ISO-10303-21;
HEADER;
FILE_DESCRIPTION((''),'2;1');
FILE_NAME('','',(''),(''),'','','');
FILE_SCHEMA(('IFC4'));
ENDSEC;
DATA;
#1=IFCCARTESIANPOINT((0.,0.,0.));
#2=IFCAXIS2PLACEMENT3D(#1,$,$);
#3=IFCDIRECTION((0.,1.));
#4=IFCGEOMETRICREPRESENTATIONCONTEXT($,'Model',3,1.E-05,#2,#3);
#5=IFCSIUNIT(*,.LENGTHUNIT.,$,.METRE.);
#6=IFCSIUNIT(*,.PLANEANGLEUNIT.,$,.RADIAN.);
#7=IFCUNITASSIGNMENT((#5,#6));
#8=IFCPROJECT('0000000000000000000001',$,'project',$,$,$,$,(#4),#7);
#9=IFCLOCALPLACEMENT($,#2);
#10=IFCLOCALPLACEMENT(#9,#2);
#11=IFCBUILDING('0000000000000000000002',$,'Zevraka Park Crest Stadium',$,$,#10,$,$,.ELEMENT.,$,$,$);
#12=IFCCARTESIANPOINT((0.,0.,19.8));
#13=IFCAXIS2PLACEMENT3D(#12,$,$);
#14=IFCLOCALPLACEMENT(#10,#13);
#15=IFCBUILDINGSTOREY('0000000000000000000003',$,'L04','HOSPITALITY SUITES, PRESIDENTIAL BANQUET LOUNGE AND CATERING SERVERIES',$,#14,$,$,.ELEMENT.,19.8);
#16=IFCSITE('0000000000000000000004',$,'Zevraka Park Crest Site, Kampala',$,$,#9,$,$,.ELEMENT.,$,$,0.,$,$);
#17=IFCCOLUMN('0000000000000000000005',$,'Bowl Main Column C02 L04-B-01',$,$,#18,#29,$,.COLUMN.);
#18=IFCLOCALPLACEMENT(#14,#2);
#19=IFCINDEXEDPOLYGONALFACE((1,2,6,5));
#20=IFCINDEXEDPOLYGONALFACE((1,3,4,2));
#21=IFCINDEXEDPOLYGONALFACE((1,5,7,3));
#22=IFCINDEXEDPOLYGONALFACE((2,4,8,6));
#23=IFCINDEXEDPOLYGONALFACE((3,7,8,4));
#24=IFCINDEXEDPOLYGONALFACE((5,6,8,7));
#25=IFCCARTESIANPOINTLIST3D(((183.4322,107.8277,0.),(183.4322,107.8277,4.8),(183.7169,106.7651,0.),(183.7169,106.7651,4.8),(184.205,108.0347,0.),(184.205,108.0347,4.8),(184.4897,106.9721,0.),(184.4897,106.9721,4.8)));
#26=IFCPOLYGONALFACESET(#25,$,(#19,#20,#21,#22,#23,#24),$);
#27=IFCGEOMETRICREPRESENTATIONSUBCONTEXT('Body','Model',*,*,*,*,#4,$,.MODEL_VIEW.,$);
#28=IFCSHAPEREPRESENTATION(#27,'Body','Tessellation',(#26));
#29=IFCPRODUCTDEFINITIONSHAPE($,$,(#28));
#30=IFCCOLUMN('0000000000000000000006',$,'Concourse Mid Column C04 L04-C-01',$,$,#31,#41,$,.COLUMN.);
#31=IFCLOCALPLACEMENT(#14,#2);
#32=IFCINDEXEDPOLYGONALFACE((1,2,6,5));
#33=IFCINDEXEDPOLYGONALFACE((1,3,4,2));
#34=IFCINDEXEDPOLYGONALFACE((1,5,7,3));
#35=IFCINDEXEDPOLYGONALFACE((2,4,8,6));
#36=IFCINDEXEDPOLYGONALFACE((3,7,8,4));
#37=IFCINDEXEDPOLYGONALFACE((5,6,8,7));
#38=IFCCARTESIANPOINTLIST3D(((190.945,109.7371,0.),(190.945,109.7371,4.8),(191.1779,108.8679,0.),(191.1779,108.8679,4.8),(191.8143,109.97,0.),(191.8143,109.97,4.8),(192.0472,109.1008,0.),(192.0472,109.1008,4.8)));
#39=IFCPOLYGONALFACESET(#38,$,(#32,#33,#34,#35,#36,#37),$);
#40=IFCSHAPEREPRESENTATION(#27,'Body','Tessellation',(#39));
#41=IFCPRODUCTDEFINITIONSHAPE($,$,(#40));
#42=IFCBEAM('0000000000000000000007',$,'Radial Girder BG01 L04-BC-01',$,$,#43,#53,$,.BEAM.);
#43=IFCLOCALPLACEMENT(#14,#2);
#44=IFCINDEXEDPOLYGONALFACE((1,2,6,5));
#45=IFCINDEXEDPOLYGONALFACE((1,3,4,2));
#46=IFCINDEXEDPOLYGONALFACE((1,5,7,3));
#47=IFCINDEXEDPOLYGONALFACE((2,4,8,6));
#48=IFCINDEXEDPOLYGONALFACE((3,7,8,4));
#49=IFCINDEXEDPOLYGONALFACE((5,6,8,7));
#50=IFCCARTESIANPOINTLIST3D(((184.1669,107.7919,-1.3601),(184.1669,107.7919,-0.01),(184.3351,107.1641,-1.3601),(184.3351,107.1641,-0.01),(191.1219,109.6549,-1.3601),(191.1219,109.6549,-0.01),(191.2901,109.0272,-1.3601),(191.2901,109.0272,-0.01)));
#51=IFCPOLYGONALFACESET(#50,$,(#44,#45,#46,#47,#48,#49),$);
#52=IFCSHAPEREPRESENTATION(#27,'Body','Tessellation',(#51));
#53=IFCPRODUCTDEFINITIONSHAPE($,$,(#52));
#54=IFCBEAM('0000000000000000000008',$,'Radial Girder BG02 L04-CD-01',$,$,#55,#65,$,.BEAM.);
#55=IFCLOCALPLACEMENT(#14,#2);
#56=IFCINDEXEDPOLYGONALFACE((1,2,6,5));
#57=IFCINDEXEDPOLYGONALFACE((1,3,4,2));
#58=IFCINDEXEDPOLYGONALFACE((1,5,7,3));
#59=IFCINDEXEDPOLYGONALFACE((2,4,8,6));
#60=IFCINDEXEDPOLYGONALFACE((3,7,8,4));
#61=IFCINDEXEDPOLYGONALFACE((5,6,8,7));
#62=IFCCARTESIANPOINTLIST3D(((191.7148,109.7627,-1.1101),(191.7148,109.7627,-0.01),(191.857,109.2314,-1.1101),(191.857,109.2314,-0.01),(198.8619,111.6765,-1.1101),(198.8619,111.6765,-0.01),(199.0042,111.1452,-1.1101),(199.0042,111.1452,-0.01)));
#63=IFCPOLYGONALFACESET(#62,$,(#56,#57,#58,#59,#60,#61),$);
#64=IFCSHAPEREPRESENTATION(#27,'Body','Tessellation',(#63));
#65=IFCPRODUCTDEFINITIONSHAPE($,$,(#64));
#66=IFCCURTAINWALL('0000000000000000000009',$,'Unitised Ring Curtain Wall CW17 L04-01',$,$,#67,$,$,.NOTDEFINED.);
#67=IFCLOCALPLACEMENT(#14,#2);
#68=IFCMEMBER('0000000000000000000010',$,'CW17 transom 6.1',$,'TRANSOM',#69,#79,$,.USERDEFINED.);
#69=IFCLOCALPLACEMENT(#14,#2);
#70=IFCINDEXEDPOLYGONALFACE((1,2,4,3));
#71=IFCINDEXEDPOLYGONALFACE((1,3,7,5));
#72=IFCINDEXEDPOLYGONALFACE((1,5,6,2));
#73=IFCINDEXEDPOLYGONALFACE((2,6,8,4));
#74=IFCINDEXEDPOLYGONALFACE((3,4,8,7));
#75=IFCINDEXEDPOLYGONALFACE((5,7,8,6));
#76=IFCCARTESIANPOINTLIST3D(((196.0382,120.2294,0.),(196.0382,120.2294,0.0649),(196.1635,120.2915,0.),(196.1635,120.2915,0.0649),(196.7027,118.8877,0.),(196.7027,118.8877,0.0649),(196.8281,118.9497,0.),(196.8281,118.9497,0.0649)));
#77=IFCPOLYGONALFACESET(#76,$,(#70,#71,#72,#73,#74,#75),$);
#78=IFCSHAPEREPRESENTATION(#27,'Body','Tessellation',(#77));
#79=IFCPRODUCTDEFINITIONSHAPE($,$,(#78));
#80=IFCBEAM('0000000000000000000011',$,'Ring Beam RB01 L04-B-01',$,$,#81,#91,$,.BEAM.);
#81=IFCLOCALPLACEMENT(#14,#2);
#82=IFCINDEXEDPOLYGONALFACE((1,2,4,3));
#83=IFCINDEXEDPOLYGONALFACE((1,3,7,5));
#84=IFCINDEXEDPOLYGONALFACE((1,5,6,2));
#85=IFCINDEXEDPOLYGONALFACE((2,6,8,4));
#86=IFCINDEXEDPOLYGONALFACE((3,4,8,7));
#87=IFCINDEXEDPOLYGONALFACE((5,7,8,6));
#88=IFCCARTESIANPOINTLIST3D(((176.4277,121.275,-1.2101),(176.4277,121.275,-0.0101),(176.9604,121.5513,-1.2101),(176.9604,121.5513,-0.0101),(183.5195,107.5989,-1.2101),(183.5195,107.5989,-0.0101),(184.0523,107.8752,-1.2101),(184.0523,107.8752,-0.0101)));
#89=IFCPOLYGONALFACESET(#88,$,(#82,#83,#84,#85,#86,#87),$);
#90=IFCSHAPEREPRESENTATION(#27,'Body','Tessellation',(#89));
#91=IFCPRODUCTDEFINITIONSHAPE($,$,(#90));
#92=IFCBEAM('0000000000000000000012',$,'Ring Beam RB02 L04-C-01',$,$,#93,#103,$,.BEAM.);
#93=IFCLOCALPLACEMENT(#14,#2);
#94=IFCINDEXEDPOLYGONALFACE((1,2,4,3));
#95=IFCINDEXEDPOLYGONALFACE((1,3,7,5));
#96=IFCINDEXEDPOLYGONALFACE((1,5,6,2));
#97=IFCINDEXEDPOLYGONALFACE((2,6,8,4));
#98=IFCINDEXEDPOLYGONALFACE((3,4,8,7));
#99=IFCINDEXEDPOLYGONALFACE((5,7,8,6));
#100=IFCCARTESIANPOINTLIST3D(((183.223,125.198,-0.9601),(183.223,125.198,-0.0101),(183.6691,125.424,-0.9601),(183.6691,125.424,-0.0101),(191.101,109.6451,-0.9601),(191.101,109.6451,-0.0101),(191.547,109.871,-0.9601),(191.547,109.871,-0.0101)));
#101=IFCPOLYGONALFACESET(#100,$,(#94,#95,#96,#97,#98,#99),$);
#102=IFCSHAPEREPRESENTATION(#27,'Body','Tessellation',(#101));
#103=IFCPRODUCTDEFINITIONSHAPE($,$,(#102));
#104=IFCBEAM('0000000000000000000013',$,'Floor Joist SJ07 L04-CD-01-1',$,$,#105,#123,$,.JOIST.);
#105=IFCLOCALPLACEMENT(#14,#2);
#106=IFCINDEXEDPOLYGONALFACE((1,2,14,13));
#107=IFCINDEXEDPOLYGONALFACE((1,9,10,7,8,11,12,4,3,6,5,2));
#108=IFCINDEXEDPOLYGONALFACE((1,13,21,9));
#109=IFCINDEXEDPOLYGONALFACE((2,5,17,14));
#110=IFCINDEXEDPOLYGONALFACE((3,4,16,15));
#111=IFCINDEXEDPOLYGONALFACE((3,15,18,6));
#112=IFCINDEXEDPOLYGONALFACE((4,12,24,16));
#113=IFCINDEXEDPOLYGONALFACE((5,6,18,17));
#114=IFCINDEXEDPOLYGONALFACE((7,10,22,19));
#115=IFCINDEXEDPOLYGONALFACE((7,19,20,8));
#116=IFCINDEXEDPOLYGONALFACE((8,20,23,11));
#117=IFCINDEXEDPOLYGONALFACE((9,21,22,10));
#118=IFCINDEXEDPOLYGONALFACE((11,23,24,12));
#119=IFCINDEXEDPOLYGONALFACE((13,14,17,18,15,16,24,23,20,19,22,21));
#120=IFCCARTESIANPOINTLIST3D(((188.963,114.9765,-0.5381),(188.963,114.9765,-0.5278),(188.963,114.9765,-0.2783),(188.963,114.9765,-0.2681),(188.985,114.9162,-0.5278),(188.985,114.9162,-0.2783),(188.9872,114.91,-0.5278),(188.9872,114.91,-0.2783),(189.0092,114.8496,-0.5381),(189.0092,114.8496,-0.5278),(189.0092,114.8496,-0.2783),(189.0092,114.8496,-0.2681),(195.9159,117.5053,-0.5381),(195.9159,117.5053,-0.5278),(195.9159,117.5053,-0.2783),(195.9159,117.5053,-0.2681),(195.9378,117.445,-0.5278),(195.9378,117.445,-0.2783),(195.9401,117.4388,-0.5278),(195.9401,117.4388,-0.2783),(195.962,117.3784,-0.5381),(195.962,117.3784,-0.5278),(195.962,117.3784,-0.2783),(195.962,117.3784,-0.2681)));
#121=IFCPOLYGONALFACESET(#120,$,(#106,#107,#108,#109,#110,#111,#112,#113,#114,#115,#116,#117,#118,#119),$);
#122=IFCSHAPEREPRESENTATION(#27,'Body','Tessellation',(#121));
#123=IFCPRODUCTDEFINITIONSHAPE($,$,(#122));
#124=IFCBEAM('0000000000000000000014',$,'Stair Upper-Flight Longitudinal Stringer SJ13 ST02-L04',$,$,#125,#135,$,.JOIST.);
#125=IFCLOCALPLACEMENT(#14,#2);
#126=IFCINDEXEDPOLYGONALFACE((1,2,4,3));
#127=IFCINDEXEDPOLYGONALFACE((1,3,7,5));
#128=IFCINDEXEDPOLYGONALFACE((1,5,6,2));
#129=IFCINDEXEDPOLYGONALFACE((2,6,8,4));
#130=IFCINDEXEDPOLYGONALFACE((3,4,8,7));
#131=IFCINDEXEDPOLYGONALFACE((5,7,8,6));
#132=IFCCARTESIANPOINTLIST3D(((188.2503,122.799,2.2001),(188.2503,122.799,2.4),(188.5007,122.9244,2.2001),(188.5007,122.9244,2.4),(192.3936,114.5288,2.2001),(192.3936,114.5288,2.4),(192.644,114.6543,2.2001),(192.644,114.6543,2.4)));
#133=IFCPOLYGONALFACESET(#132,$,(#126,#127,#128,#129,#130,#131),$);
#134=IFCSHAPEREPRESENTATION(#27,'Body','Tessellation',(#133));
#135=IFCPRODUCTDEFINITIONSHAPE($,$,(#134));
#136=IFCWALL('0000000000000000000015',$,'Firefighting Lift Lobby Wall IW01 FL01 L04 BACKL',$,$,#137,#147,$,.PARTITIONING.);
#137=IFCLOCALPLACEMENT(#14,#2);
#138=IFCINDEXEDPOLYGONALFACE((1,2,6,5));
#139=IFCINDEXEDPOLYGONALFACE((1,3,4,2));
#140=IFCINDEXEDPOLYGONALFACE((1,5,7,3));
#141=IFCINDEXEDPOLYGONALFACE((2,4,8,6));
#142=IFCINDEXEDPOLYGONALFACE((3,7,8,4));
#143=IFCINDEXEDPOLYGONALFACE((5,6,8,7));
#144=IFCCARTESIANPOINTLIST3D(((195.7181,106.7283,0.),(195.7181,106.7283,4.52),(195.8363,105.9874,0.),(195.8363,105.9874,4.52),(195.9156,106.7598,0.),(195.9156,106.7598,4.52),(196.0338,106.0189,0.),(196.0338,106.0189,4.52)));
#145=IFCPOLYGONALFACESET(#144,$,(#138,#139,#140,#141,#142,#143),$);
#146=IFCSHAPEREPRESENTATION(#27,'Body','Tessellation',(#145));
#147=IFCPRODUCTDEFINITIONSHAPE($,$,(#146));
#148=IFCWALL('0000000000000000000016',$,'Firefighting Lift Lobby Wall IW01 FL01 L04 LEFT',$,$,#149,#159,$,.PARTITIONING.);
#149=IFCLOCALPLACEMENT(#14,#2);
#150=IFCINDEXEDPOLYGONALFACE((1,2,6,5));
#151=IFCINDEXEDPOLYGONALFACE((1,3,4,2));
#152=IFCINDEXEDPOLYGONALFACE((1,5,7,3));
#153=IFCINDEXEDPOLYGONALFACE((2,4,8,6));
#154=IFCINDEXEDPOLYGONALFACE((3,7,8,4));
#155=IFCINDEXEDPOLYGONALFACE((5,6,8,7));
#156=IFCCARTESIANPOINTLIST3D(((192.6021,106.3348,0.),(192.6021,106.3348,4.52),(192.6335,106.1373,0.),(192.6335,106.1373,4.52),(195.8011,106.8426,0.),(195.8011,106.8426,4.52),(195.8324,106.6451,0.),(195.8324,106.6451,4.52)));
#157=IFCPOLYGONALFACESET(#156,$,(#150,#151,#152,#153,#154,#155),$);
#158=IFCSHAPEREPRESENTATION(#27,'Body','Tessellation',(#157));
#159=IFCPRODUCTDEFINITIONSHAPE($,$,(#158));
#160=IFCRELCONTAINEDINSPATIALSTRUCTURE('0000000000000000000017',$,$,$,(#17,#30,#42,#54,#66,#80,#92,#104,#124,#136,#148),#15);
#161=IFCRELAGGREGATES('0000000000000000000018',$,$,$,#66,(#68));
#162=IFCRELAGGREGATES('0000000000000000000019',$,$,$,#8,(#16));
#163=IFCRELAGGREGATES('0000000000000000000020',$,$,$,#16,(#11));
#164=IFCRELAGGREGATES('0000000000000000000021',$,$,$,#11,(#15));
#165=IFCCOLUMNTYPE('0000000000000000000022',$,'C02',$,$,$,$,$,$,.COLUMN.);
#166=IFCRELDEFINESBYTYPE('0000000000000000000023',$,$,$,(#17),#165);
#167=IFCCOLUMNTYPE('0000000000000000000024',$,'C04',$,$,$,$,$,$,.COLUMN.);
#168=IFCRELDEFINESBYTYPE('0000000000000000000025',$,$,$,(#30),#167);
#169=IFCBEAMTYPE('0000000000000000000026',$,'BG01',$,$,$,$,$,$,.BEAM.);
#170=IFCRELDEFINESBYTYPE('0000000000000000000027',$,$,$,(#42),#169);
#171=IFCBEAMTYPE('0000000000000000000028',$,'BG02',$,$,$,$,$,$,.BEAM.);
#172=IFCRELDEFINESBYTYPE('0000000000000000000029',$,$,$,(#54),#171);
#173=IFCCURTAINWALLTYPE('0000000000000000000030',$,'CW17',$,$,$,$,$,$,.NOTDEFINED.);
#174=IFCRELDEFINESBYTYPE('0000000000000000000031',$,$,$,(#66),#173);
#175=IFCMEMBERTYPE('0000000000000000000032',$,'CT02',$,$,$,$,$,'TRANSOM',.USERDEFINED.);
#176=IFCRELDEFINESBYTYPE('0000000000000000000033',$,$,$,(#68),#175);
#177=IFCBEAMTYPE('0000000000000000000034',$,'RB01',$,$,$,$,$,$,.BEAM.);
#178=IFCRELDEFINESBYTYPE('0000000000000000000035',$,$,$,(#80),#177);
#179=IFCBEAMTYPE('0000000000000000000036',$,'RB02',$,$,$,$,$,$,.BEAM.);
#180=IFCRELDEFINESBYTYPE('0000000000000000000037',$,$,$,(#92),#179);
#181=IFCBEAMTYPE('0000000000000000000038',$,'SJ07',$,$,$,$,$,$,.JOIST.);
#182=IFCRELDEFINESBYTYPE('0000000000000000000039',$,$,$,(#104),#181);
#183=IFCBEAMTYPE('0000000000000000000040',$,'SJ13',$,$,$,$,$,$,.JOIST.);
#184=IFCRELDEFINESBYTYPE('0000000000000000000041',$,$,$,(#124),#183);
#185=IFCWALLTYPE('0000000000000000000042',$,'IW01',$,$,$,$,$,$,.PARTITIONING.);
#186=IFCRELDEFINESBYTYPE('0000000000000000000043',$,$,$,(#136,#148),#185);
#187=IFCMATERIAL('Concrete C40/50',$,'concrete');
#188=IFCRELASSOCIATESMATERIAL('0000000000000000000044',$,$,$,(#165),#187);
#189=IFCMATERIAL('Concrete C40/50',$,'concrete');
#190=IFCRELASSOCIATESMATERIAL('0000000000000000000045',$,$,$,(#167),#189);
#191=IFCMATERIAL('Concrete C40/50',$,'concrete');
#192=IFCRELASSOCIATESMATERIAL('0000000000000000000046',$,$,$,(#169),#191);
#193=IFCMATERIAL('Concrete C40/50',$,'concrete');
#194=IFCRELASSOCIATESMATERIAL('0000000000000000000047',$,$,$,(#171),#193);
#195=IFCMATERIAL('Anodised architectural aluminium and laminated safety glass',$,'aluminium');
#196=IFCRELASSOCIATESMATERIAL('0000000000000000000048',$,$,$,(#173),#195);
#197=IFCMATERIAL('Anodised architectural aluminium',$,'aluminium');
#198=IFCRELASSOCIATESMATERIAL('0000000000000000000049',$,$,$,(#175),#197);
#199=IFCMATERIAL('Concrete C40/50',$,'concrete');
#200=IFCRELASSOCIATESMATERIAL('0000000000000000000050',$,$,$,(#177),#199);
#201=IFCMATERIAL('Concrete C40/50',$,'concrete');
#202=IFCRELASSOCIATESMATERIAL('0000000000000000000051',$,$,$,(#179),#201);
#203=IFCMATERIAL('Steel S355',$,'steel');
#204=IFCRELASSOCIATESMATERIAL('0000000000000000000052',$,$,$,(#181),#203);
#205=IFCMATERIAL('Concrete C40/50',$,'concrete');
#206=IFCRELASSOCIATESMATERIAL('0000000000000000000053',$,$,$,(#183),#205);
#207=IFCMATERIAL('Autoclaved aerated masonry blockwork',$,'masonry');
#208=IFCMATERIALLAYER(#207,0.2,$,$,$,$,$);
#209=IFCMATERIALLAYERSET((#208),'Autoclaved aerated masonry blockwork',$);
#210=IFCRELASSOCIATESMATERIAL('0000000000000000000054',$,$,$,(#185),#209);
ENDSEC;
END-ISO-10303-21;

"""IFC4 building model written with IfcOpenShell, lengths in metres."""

from ifc_helpers import new_model, si_unit, direction, frame, frame_2d, origin, origin_2d, place, context, subcontext, project, spatial, rectangle, i_section, extrude, material, layer, layer_set, material_profile, profile_set, type_object, element, aggregate, save


model = new_model("IFC4")

# Units and contexts
model_context = context("Model", 3, precision=1e-05, world=origin(), true_north=direction((0.0, 1.0)))
body_context = subcontext(model_context, "Body", "Model", "MODEL_VIEW")
ifc_project = project(units=[si_unit("LENGTHUNIT", "METRE"), si_unit("PLANEANGLEUNIT", "RADIAN")], contexts=[model_context])

# Site, building, storey
site_placement = place(None, origin())
site = spatial("IfcSite", under=ifc_project, at=site_placement, Name="Zevraka Park Crest Site, Kampala", CompositionType="ELEMENT", RefElevation=0.0)
building_placement = place(site_placement, origin())
building = spatial("IfcBuilding", under=site, at=building_placement, Name="Zevraka Park Crest Stadium", CompositionType="ELEMENT")
storey_placement = place(building_placement, frame((0.0, 0.0, 19.8)))
storey = spatial("IfcBuildingStorey", under=building, at=storey_placement, Name="L04", Description="HOSPITALITY SUITES, PRESIDENTIAL BANQUET LOUNGE AND CATERING SERVERIES", CompositionType="ELEMENT", Elevation=19.8)

# Columns
ifc_material_1 = material(Name="Concrete C40/50", Category="concrete")
ifc_material_profile_1 = material_profile(ifc_material_1, rectangle(XDim=0.8, YDim=1.1001, at=origin_2d()), Name="RC 1100x800")
ifc_profile_set_1 = profile_set([ifc_material_profile_1], Name="Concrete C40/50")
column_type_1 = type_object("IfcColumnType", Name="C02", PredefinedType="COLUMN", material=ifc_profile_set_1)
column_1_placement = place(storey_placement, frame((183.9609, 107.3999, 0.0), z_axis=(0.0, 0.0, 1.0), x_axis=(0.965926, 0.258819, 0.0)))
element("IfcColumn", 1, at=column_1_placement, inside=storey, type_object=column_type_1, Name="Bowl Main Column C02 L04-B-01", PredefinedType="COLUMN", context=body_context, shape_type="SweptSolid", body=[
    extrude(rectangle(XDim=0.8, YDim=1.1001, at=origin_2d()), origin(), (0.0, 0.0, 1.0), 4.8),
])
ifc_material_2 = material(Name="Concrete C40/50", Category="concrete")
ifc_material_profile_2 = material_profile(ifc_material_2, rectangle(XDim=0.8999, YDim=0.8999, at=origin_2d()), Name="RC 900x900")
ifc_profile_set_2 = profile_set([ifc_material_profile_2], Name="Concrete C40/50")
column_type_2 = type_object("IfcColumnType", Name="C04", PredefinedType="COLUMN", material=ifc_profile_set_2)
column_2_placement = place(storey_placement, frame((191.4961, 109.4189, 0.0), z_axis=(0.0, 0.0, 1.0), x_axis=(0.965926, 0.258819, 0.0)))
element("IfcColumn", 2, at=column_2_placement, inside=storey, type_object=column_type_2, Name="Concourse Mid Column C04 L04-C-01", PredefinedType="COLUMN", context=body_context, shape_type="SweptSolid", body=[
    extrude(rectangle(XDim=0.8999, YDim=0.8999, at=origin_2d()), origin(), (0.0, 0.0, 1.0), 4.8),
])

# Beams
ifc_material_3 = material(Name="Concrete C40/50", Category="concrete")
ifc_material_profile_3 = material_profile(ifc_material_3, rectangle(XDim=0.6499, YDim=1.3501, at=origin_2d()), Name="RC 1350x650")
ifc_profile_set_3 = profile_set([ifc_material_profile_3], Name="Concrete C40/50")
beam_type_1 = type_object("IfcBeamType", Name="BG01", PredefinedType="BEAM", material=ifc_profile_set_3)
beam_1_placement = place(storey_placement, frame((184.251, 107.478, -0.6851), z_axis=(0.965946, 0.258745, 0.0), x_axis=(-0.258745, 0.965946, 0.0)))
element("IfcBeam", 3, at=beam_1_placement, inside=storey, type_object=beam_type_1, Name="Radial Girder BG01 L04-BC-01", PredefinedType="BEAM", context=body_context, shape_type="SweptSolid", body=[
    extrude(rectangle(XDim=0.6499, YDim=1.3501, at=origin_2d()), origin(), (0.0, 0.0, 1.0), 7.2002),
])
ifc_material_4 = material(Name="Concrete C40/50", Category="concrete")
ifc_material_profile_4 = material_profile(ifc_material_4, rectangle(XDim=0.55, YDim=1.1001, at=origin_2d()), Name="RC 1100x550")
ifc_profile_set_4 = profile_set([ifc_material_profile_4], Name="Concrete C40/50")
beam_type_2 = type_object("IfcBeamType", Name="BG02", PredefinedType="BEAM", material=ifc_profile_set_4)
beam_2_placement = place(storey_placement, frame((191.7859, 109.4971, -0.5601), z_axis=(0.965969, 0.258659, 0.0), x_axis=(-0.258659, 0.965969, 0.0)))
element("IfcBeam", 4, at=beam_2_placement, inside=storey, type_object=beam_type_2, Name="Radial Girder BG02 L04-CD-01", PredefinedType="BEAM", context=body_context, shape_type="SweptSolid", body=[
    extrude(rectangle(XDim=0.55, YDim=1.1001, at=origin_2d()), origin(), (0.0, 0.0, 1.0), 7.3989),
])

# Curtain wall, member
ifc_material_5 = material(Name="Anodised architectural aluminium and laminated safety glass", Category="aluminium")
curtain_wall_type = type_object("IfcCurtainWallType", Name="CW17", PredefinedType="NOTDEFINED", material=ifc_material_5)
curtain_wall_placement = place(storey_placement, origin())
curtain_wall = element("IfcCurtainWall", 5, at=curtain_wall_placement, inside=storey, type_object=curtain_wall_type, Name="Unitised Ring Curtain Wall CW17 L04-01", PredefinedType="NOTDEFINED")
ifc_material_6 = material(Name="Anodised architectural aluminium", Category="aluminium")
ifc_material_profile_5 = material_profile(ifc_material_6, rectangle(XDim=0.1399, YDim=0.0649, at=origin_2d()), Name="ALU TRANSOM 140x65")
ifc_profile_set_5 = profile_set([ifc_material_profile_5], Name="Anodised architectural aluminium")
member_type = type_object("IfcMemberType", Name="CT02", ElementType="TRANSOM", PredefinedType="USERDEFINED", material=ifc_profile_set_5)
member_placement = place(storey_placement, frame((196.7654, 118.9187, 0.0325), z_axis=(-0.443819, 0.896116, 0.0), x_axis=(-0.896116, -0.443819, 0.0)))
member = element("IfcMember", 6, at=member_placement, type_object=member_type, Name="CW17 transom 6.1", ObjectType="TRANSOM", PredefinedType="USERDEFINED", context=body_context, shape_type="SweptSolid", body=[
    extrude(rectangle(XDim=0.1399, YDim=0.0649, at=origin_2d()), origin(), (0.0, 0.0, 1.0), 1.4973),
])
aggregate(curtain_wall, [member])

# Beams
ifc_material_7 = material(Name="Concrete C40/50", Category="concrete")
ifc_material_profile_6 = material_profile(ifc_material_7, rectangle(XDim=0.6001, YDim=1.2, at=origin_2d()), Name="RC 1200x600")
ifc_profile_set_6 = profile_set([ifc_material_profile_6], Name="Concrete C40/50")
beam_type_3 = type_object("IfcBeamType", Name="RB01", PredefinedType="BEAM", material=ifc_profile_set_6)
beam_3_placement = place(storey_placement, frame((183.7859, 107.7371, -0.6101), z_axis=(-0.460344, 0.887741, 0.0), x_axis=(-0.887741, -0.460344, 0.0)))
element("IfcBeam", 7, at=beam_3_placement, inside=storey, type_object=beam_type_3, Name="Ring Beam RB01 L04-B-01", PredefinedType="BEAM", context=body_context, shape_type="SweptSolid", body=[
    extrude(rectangle(XDim=0.6001, YDim=1.2, at=origin_2d()), origin(), (0.0, 0.0, 1.0), 15.4055),
])
ifc_material_8 = material(Name="Concrete C40/50", Category="concrete")
ifc_material_profile_7 = material_profile(ifc_material_8, rectangle(XDim=0.5, YDim=0.95, at=origin_2d()), Name="RC 950x500")
ifc_profile_set_7 = profile_set([ifc_material_profile_7], Name="Concrete C40/50")
beam_type_4 = type_object("IfcBeamType", Name="RB02", PredefinedType="BEAM", material=ifc_profile_set_7)
beam_4_placement = place(storey_placement, frame((191.324, 109.7581, -0.4851), z_axis=(-0.451862, 0.892088, 0.0), x_axis=(-0.892088, -0.451862, 0.0)))
element("IfcBeam", 8, at=beam_4_placement, inside=storey, type_object=beam_type_4, Name="Ring Beam RB02 L04-C-01", PredefinedType="BEAM", context=body_context, shape_type="SweptSolid", body=[
    extrude(rectangle(XDim=0.5, YDim=0.95, at=origin_2d()), origin(), (0.0, 0.0, 1.0), 17.4343),
])
ifc_material_9 = material(Name="Steel S355", Category="steel")
ifc_material_profile_8 = material_profile(ifc_material_9, i_section(OverallWidth=0.135, OverallDepth=0.27, WebThickness=0.0066, FlangeThickness=0.0103, at=origin_2d()), Name="IPE 270")
ifc_profile_set_8 = profile_set([ifc_material_profile_8], Name="Steel S355")
beam_type_5 = type_object("IfcBeamType", Name="SJ07", PredefinedType="JOIST", material=ifc_profile_set_8)
beam_5_placement = place(storey_placement, frame((188.9861, 114.9131, -0.4031), z_axis=(0.939772, 0.341801, 0.0), x_axis=(-0.341801, 0.939772, 0.0)))
element("IfcBeam", 9, at=beam_5_placement, inside=storey, type_object=beam_type_5, Name="Floor Joist SJ07 L04-CD-01-1", PredefinedType="JOIST", context=body_context, shape_type="SweptSolid", body=[
    extrude(i_section(OverallWidth=0.135, OverallDepth=0.27, WebThickness=0.0066, FlangeThickness=0.0103, at=origin_2d()), origin(), (0.0, 0.0, 1.0), 7.3984),
])
ifc_material_10 = material(Name="Concrete C40/50", Category="concrete")
ifc_material_profile_9 = material_profile(ifc_material_10, rectangle(XDim=0.28, YDim=0.2, at=origin_2d()), Name="RC 200x280")
ifc_profile_set_9 = profile_set([ifc_material_profile_9], Name="Concrete C40/50")
beam_type_6 = type_object("IfcBeamType", Name="SJ13", PredefinedType="JOIST", material=ifc_profile_set_9)
beam_6_placement = place(storey_placement, frame((192.5188, 114.5916, 2.3), z_axis=(-0.447921, 0.894073, 0.0), x_axis=(-0.894073, -0.447921, 0.0)))
element("IfcBeam", 10, at=beam_6_placement, inside=storey, type_object=beam_type_6, Name="Stair Upper-Flight Longitudinal Stringer SJ13 ST02-L04", PredefinedType="JOIST", context=body_context, shape_type="SweptSolid", body=[
    extrude(rectangle(XDim=0.28, YDim=0.2, at=origin_2d()), origin(), (0.0, 0.0, 1.0), 9.25),
])

# Walls
ifc_material_11 = material(Name="Autoclaved aerated masonry blockwork", Category="masonry")
ifc_layer_1 = layer(ifc_material_11, 0.2)
ifc_layer_set_1 = layer_set([ifc_layer_1], Name="Autoclaved aerated masonry blockwork")
wall_type_1 = type_object("IfcWallType", Name="IW01", PredefinedType="PARTITIONING", material=ifc_layer_set_1)
wall_1_placement = place(storey_placement, frame((195.8169, 106.7439, 0.0), z_axis=(0.0, 0.0, 1.0), x_axis=(0.157483, -0.987522, 0.0)))
element("IfcWall", 11, at=wall_1_placement, inside=storey, type_object=wall_type_1, Name="Firefighting Lift Lobby Wall IW01 FL01 L04 BACKL", PredefinedType="PARTITIONING", context=body_context, shape_type="SweptSolid", body=[
    extrude(rectangle(XDim=0.7502, YDim=0.2, at=frame_2d((0.375, 0.0))), origin(), (0.0, 0.0, 1.0), 4.52),
])
wall_2_placement = place(storey_placement, frame((195.8169, 106.7439, 0.0), z_axis=(0.0, 0.0, 1.0), x_axis=(-0.987634, -0.156779, 0.0)))
element("IfcWall", 12, at=wall_2_placement, inside=storey, type_object=wall_type_1, Name="Firefighting Lift Lobby Wall IW01 FL01 L04 LEFT", PredefinedType="PARTITIONING", context=body_context, shape_type="SweptSolid", body=[
    extrude(rectangle(XDim=3.239, YDim=0.2, at=frame_2d((1.6196, 0.0))), origin(), (0.0, 0.0, 1.0), 4.52),
])

save(model, "model.ifc")
